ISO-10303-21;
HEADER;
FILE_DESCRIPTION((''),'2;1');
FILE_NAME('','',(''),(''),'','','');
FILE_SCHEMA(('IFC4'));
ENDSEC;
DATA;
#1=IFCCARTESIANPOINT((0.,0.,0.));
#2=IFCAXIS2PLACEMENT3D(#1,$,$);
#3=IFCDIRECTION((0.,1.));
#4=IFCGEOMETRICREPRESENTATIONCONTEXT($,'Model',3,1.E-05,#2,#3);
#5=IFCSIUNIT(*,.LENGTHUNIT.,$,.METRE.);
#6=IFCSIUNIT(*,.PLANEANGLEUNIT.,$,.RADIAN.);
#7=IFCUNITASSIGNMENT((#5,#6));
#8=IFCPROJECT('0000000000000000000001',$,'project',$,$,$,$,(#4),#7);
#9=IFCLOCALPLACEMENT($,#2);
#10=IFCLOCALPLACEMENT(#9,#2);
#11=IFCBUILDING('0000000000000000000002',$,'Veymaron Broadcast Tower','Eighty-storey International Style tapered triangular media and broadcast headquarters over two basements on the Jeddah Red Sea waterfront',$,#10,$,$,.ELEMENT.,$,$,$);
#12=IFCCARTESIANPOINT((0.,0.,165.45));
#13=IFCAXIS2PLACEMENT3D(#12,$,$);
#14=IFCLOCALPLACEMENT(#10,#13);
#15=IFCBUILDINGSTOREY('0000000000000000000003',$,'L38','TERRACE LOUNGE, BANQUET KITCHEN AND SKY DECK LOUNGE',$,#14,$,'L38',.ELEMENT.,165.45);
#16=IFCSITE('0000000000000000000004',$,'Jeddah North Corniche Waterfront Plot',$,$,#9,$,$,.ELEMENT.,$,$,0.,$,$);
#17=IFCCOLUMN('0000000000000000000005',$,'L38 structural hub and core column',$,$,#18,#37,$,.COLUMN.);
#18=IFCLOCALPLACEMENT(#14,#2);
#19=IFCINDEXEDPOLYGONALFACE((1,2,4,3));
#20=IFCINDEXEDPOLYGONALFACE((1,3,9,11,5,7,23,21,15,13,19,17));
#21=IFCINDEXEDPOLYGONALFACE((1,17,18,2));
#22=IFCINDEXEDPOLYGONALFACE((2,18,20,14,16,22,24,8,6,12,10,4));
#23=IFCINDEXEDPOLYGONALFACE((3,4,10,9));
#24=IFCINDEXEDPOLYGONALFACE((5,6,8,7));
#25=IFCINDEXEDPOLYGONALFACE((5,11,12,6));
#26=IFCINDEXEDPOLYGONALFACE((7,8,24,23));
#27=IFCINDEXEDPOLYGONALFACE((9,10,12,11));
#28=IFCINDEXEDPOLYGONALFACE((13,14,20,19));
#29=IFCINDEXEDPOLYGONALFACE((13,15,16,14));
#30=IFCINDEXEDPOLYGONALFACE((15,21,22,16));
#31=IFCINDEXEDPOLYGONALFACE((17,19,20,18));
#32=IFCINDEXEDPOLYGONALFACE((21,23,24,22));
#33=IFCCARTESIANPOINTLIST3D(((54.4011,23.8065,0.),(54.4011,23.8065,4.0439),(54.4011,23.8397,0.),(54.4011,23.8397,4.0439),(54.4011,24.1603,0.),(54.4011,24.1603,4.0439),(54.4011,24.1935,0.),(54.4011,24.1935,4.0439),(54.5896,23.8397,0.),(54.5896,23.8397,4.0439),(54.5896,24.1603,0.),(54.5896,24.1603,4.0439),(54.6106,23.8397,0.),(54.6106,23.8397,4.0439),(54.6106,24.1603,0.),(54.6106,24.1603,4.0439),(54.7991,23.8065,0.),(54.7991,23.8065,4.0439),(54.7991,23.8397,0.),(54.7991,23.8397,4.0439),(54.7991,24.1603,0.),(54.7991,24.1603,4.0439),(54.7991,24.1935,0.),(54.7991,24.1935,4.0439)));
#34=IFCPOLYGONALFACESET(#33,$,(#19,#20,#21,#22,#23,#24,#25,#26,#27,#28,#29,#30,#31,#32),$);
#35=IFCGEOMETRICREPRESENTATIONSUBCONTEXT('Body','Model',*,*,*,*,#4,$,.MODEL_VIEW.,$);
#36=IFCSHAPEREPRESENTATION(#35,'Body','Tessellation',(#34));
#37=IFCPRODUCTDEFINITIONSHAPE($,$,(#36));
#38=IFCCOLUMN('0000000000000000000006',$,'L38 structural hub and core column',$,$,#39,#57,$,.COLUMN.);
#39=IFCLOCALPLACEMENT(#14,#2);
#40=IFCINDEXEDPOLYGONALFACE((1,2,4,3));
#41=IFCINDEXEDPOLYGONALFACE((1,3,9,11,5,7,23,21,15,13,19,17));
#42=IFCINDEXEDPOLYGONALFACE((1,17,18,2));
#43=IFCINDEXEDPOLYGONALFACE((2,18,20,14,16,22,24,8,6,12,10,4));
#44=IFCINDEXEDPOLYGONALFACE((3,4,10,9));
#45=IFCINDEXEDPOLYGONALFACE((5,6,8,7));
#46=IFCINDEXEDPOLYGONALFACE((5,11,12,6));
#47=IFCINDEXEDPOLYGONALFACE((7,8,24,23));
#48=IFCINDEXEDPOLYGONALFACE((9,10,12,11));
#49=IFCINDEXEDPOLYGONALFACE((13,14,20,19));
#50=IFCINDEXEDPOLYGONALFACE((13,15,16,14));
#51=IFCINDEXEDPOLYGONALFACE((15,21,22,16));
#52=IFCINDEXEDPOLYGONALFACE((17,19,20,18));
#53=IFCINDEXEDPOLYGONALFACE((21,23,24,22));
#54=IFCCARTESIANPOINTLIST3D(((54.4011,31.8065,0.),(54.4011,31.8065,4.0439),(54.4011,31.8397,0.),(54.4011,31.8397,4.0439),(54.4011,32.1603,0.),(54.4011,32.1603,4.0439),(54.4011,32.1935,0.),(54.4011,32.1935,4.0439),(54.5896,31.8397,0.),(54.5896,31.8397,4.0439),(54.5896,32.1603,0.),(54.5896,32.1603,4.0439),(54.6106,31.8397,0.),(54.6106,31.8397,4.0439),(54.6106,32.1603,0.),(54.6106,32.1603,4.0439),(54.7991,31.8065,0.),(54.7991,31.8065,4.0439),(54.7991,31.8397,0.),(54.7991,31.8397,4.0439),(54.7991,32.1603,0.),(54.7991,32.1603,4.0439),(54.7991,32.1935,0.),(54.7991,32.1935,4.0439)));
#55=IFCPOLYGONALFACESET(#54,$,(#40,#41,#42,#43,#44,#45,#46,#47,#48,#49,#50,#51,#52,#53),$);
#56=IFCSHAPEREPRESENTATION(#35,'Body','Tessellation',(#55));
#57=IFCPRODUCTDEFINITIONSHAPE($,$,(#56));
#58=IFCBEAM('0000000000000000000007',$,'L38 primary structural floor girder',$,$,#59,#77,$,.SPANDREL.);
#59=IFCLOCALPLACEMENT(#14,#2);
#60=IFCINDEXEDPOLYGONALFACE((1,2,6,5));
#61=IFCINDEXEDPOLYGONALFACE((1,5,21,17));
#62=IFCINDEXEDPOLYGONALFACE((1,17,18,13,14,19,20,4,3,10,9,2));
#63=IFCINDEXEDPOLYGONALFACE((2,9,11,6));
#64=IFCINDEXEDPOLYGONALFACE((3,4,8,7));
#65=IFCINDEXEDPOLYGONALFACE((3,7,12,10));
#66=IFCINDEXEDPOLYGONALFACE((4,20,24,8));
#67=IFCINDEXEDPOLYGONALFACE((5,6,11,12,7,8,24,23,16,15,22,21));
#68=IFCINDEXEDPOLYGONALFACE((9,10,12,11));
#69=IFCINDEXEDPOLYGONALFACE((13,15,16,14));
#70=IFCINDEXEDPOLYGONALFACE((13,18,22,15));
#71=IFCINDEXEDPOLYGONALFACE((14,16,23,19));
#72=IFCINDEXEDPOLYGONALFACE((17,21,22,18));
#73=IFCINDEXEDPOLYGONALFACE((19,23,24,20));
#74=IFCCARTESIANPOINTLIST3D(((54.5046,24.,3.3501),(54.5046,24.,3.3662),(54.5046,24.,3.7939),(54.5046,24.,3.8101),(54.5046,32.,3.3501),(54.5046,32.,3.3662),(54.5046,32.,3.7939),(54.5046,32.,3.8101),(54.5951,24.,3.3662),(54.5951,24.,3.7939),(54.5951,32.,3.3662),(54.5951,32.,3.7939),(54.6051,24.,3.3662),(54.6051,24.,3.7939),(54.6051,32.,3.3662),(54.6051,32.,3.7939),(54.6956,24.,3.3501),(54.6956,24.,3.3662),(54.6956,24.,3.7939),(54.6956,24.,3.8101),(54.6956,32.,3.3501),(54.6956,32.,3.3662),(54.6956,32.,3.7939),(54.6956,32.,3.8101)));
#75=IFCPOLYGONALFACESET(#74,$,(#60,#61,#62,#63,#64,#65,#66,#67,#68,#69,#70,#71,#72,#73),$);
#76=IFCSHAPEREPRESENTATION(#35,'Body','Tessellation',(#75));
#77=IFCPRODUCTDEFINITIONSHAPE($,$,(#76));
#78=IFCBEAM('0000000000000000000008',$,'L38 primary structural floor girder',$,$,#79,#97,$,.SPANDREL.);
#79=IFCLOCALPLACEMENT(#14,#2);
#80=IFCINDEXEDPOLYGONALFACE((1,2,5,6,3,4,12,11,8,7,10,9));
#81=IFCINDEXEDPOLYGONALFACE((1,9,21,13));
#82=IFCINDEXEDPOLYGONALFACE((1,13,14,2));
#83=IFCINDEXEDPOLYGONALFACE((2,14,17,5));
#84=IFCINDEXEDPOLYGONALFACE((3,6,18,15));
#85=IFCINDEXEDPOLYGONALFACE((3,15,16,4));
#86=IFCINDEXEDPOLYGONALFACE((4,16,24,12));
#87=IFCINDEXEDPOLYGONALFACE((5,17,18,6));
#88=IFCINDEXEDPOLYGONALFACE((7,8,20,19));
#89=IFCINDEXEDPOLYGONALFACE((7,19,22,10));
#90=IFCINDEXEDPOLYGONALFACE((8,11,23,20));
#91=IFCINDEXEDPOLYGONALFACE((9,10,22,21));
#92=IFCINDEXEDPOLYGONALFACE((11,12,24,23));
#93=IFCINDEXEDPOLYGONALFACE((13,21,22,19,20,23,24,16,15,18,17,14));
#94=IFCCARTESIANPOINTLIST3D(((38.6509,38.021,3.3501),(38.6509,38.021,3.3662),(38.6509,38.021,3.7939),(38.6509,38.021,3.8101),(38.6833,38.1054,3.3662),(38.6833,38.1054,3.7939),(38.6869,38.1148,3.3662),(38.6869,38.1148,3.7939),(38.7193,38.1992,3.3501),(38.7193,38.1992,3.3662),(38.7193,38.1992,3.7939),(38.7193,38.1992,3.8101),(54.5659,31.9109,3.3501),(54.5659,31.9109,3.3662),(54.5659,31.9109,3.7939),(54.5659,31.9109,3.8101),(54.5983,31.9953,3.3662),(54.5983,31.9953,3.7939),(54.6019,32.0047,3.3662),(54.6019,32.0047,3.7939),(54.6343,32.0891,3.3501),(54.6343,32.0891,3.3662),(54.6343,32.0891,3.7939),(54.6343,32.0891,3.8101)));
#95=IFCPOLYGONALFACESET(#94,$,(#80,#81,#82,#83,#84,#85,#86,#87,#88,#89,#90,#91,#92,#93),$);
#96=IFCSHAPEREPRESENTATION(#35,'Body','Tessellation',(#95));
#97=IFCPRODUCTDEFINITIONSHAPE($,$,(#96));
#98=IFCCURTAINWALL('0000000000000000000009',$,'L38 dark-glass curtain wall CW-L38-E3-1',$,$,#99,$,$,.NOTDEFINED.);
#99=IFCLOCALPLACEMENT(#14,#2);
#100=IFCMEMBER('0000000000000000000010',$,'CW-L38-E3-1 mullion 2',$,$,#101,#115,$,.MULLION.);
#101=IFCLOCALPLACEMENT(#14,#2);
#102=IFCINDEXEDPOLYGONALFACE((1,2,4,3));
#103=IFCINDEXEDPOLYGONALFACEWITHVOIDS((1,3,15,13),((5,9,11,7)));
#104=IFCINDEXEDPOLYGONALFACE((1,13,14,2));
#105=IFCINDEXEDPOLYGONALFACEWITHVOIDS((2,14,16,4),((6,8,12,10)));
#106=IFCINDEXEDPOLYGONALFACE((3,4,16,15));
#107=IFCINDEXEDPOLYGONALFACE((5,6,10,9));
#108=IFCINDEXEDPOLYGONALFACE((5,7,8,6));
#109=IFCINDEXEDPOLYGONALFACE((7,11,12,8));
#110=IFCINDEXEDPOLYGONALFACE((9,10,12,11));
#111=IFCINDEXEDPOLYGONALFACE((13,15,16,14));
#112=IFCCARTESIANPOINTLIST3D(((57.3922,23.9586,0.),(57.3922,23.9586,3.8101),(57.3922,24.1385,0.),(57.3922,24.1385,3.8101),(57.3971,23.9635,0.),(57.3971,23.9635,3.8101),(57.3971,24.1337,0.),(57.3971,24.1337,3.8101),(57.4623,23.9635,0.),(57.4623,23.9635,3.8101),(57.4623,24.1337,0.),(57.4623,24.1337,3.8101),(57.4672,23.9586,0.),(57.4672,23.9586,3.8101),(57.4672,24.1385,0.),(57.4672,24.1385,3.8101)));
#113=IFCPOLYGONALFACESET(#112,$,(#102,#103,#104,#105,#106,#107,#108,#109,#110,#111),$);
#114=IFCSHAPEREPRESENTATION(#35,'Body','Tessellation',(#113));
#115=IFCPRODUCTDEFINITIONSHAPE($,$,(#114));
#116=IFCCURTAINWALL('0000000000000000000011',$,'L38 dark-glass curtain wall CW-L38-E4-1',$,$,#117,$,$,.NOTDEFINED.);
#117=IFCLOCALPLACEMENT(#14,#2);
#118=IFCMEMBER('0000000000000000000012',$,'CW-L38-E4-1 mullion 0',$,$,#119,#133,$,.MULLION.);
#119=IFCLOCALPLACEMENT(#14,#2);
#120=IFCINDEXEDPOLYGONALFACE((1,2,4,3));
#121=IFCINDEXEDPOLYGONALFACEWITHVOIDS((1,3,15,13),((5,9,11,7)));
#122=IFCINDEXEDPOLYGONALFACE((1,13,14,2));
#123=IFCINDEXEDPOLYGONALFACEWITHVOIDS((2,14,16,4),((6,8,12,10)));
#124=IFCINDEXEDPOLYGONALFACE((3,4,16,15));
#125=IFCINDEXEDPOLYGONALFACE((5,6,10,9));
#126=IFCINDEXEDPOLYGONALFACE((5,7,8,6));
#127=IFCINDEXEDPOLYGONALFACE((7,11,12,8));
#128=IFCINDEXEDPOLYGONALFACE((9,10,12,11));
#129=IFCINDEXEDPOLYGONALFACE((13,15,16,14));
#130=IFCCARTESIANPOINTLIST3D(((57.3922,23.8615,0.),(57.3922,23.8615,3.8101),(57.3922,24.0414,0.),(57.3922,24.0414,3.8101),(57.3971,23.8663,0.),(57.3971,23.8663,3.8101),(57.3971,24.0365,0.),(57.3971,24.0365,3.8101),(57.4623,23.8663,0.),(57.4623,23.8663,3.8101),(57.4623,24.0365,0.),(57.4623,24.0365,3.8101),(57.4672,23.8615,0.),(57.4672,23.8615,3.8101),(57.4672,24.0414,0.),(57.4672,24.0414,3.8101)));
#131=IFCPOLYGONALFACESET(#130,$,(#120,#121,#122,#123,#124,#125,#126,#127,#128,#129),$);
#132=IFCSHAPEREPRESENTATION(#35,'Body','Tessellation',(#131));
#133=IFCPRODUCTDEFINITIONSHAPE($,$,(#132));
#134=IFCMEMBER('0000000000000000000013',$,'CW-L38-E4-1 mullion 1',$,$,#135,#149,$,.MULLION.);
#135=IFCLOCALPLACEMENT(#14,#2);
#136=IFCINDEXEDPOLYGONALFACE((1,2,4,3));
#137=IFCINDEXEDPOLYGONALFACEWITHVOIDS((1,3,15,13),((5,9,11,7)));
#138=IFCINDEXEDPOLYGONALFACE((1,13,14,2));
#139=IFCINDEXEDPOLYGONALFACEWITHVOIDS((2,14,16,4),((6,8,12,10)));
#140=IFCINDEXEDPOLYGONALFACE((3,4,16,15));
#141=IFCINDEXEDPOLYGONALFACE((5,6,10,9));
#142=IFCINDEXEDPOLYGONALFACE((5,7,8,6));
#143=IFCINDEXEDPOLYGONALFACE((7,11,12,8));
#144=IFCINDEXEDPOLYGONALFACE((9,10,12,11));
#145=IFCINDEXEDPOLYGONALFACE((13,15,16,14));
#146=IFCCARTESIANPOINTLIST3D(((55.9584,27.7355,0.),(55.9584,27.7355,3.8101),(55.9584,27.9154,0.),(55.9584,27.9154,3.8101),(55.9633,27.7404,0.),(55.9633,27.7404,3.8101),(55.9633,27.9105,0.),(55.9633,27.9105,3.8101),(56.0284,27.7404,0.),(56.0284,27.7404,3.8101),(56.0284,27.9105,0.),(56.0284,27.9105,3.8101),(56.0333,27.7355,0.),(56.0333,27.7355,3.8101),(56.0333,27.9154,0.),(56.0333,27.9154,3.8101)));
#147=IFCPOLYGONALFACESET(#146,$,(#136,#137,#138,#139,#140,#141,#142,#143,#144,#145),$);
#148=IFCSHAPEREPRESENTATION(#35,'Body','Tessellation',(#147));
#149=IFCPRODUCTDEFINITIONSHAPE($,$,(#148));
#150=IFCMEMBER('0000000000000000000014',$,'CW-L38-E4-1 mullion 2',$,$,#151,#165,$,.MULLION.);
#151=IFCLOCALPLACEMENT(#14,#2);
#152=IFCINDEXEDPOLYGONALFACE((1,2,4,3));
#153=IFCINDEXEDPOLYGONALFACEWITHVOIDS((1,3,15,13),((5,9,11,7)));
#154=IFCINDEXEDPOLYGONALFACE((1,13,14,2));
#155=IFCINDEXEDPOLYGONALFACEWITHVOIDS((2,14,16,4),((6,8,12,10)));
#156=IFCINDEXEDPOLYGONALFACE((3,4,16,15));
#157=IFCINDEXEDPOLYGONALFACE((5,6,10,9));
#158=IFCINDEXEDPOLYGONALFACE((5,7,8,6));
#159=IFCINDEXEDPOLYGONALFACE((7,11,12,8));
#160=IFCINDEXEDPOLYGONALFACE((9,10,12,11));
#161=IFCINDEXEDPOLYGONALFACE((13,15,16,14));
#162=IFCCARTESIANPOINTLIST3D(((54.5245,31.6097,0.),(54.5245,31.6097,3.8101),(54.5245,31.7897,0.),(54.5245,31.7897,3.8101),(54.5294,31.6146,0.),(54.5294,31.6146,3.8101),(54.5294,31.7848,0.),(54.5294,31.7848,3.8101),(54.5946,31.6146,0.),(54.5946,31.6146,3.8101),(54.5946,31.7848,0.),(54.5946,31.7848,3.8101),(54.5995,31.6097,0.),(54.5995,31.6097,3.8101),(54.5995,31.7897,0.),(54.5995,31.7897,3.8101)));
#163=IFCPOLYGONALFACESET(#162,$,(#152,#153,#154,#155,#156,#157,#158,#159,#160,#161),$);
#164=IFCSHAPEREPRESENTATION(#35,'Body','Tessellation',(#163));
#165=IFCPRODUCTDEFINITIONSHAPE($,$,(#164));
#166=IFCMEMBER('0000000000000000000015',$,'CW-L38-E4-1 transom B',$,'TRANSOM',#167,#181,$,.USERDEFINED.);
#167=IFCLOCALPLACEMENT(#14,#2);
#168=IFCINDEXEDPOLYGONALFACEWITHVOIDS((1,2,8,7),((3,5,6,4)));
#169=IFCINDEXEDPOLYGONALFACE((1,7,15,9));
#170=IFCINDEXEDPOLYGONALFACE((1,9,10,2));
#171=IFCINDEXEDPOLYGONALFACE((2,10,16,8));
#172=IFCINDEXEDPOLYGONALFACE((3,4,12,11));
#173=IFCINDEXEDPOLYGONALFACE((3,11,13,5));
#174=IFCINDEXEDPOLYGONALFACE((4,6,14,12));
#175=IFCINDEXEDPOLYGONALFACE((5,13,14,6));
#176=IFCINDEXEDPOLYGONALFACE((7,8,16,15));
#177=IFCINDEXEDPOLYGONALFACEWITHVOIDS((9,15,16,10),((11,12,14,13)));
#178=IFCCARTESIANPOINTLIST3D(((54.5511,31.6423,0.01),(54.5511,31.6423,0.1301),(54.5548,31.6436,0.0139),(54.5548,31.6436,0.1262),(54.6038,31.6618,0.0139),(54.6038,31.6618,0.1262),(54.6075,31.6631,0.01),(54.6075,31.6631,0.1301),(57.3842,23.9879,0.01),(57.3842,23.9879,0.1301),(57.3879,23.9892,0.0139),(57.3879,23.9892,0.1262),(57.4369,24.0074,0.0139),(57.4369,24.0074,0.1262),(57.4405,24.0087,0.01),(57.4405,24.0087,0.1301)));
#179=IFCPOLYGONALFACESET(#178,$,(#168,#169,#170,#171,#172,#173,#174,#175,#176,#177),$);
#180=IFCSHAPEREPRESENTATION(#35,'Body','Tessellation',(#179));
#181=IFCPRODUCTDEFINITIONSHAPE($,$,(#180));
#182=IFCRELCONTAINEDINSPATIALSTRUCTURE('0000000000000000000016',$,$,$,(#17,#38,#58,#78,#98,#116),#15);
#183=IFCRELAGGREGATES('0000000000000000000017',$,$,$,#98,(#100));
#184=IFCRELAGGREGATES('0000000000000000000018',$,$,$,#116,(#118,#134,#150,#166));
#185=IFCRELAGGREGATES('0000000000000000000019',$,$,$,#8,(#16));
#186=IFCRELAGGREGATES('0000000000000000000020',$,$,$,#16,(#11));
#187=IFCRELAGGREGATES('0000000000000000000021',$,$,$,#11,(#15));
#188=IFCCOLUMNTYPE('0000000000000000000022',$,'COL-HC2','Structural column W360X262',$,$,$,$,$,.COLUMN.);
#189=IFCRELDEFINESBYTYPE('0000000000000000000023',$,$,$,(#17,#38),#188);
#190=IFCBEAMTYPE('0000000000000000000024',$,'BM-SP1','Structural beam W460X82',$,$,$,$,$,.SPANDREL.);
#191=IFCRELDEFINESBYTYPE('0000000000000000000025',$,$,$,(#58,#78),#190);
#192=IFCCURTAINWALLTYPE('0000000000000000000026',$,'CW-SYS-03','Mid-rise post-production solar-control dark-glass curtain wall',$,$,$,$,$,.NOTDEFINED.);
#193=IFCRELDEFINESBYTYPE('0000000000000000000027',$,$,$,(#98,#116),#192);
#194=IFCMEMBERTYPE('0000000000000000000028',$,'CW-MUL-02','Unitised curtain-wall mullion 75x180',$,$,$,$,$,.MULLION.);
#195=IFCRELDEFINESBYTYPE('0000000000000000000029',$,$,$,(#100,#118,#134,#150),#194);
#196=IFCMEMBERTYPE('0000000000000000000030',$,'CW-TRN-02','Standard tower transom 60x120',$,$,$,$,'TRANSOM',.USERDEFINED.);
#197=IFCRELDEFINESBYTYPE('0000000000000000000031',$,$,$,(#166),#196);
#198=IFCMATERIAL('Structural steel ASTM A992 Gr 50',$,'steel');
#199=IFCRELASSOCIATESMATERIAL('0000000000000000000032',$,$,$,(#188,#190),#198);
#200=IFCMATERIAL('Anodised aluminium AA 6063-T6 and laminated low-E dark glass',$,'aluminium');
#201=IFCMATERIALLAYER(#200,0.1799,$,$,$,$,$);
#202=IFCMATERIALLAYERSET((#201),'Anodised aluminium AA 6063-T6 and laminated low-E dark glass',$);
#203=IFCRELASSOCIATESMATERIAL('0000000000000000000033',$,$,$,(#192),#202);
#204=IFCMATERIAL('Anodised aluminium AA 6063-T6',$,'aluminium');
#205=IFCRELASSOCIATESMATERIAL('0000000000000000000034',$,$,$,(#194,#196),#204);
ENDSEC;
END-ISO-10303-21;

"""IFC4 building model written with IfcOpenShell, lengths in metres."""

from ifc_helpers import new_model, si_unit, direction, frame, origin, origin_2d, place, context, subcontext, project, spatial, hollow_rectangle, i_section, extrude, material, layer, layer_set, material_profile, profile_set, type_object, element, aggregate, save


model = new_model("IFC4")

# Units and contexts
model_context = context("Model", 3, precision=1e-05, world=origin(), true_north=direction((0.0, 1.0)))
body_context = subcontext(model_context, "Body", "Model", "MODEL_VIEW")
ifc_project = project(units=[si_unit("LENGTHUNIT", "METRE"), si_unit("PLANEANGLEUNIT", "RADIAN")], contexts=[model_context])

# Site, building, storey
site_placement = place(None, origin())
site = spatial("IfcSite", under=ifc_project, at=site_placement, Name="Jeddah North Corniche Waterfront Plot", CompositionType="ELEMENT", RefElevation=0.0)
building_placement = place(site_placement, origin())
building = spatial("IfcBuilding", under=site, at=building_placement, Name="Veymaron Broadcast Tower", Description="Eighty-storey International Style tapered triangular media and broadcast headquarters over two basements on the Jeddah Red Sea waterfront", CompositionType="ELEMENT")
storey_placement = place(building_placement, frame((0.0, 0.0, 165.45)))
storey = spatial("IfcBuildingStorey", under=building, at=storey_placement, Name="L38", Description="TERRACE LOUNGE, BANQUET KITCHEN AND SKY DECK LOUNGE", LongName="L38", CompositionType="ELEMENT", Elevation=165.45)

# Columns
ifc_material_1 = material(Name="Structural steel ASTM A992 Gr 50", Category="steel")
ifc_material_profile_1 = material_profile(ifc_material_1, i_section(OverallWidth=0.3979, OverallDepth=0.387, WebThickness=0.021, FlangeThickness=0.0332, at=origin_2d()), Name="W360X262")
ifc_profile_set_1 = profile_set([ifc_material_profile_1], Name="Structural steel ASTM A992 Gr 50")
column_type = type_object("IfcColumnType", Name="COL-HC2", Description="Structural column W360X262", PredefinedType="COLUMN", material=ifc_profile_set_1)
for number, where, z_axis, x_axis, name in (
    (1, (54.6001, 24.0, 0.0), (0.0, 0.0, 1.0), (1.0, 0.0, 0.0), "L38 structural hub and core column"),
    (2, (54.6001, 32.0, 0.0), (0.0, 0.0, 1.0), (1.0, 0.0, 0.0), "L38 structural hub and core column"),
):
    element("IfcColumn", number, at=place(storey_placement, frame(where, z_axis=z_axis, x_axis=x_axis)), inside=storey, type_object=column_type, Name=name, PredefinedType="COLUMN", context=body_context, shape_type="SweptSolid", body=[
        extrude(i_section(OverallWidth=0.3979, OverallDepth=0.387, WebThickness=0.021, FlangeThickness=0.0332, at=origin_2d()), origin(), (0.0, 0.0, 1.0), 4.0439),
    ])

# Beams
ifc_material_profile_2 = material_profile(ifc_material_1, i_section(OverallWidth=0.1909, OverallDepth=0.46, WebThickness=0.01, FlangeThickness=0.0161, at=origin_2d()), Name="W460X82")
ifc_profile_set_2 = profile_set([ifc_material_profile_2], Name="Structural steel ASTM A992 Gr 50")
beam_type = type_object("IfcBeamType", Name="BM-SP1", Description="Structural beam W460X82", PredefinedType="SPANDREL", material=ifc_profile_set_2)
beam_1_placement = place(storey_placement, frame((54.6001, 24.0, 3.5801), z_axis=(0.0, 1.0, 0.0), x_axis=(-1.0, 0.0, 0.0)))
element("IfcBeam", 3, at=beam_1_placement, inside=storey, type_object=beam_type, Name="L38 primary structural floor girder", PredefinedType="SPANDREL", context=body_context, shape_type="SweptSolid", body=[
    extrude(i_section(OverallWidth=0.1909, OverallDepth=0.46, WebThickness=0.01, FlangeThickness=0.0161, at=origin_2d()), origin(), (0.0, 0.0, 1.0), 8.0),
])
beam_2_placement = place(storey_placement, frame((54.6001, 32.0, 3.5801), z_axis=(-0.933563, 0.358414, 0.0), x_axis=(-0.358414, -0.933563, 0.0)))
element("IfcBeam", 4, at=beam_2_placement, inside=storey, type_object=beam_type, Name="L38 primary structural floor girder", PredefinedType="SPANDREL", context=body_context, shape_type="SweptSolid", body=[
    extrude(i_section(OverallWidth=0.1909, OverallDepth=0.46, WebThickness=0.01, FlangeThickness=0.0161, at=origin_2d()), origin(), (0.0, 0.0, 1.0), 17.0476),
])

# Curtain wall, member
ifc_material_2 = material(Name="Anodised aluminium AA 6063-T6 and laminated low-E dark glass", Category="aluminium")
ifc_layer_1 = layer(ifc_material_2, 0.1799)
ifc_layer_set_1 = layer_set([ifc_layer_1], Name="Anodised aluminium AA 6063-T6 and laminated low-E dark glass")
curtain_wall_type = type_object("IfcCurtainWallType", Name="CW-SYS-03", Description="Mid-rise post-production solar-control dark-glass curtain wall", PredefinedType="NOTDEFINED", material=ifc_layer_set_1)
curtain_wall_1_placement = place(storey_placement, origin())
curtain_wall_1 = element("IfcCurtainWall", 5, at=curtain_wall_1_placement, inside=storey, type_object=curtain_wall_type, Name="L38 dark-glass curtain wall CW-L38-E3-1", PredefinedType="NOTDEFINED")
ifc_material_3 = material(Name="Anodised aluminium AA 6063-T6", Category="aluminium")
ifc_material_profile_3 = material_profile(ifc_material_3, hollow_rectangle(XDim=0.075, YDim=0.1799, WallThickness=0.0049, at=origin_2d()), Name="AL180X75X5")
ifc_profile_set_3 = profile_set([ifc_material_profile_3], Name="Anodised aluminium AA 6063-T6")
member_type_1 = type_object("IfcMemberType", Name="CW-MUL-02", Description="Unitised curtain-wall mullion 75x180", PredefinedType="MULLION", material=ifc_profile_set_3)
member_1_placement = place(storey_placement, frame((57.4297, 24.0486, 0.0), z_axis=(0.0, 0.0, 1.0), x_axis=(1.0, 0.0, 0.0)))
member_1 = element("IfcMember", 6, at=member_1_placement, type_object=member_type_1, Name="CW-L38-E3-1 mullion 2", PredefinedType="MULLION", context=body_context, shape_type="SweptSolid", body=[
    extrude(hollow_rectangle(XDim=0.075, YDim=0.1799, WallThickness=0.0049, at=origin_2d()), origin(), (0.0, 0.0, 1.0), 3.8101),
])
aggregate(curtain_wall_1, [member_1])

# Curtain wall, members
curtain_wall_2_placement = place(storey_placement, origin())
curtain_wall_2 = element("IfcCurtainWall", 7, at=curtain_wall_2_placement, inside=storey, type_object=curtain_wall_type, Name="L38 dark-glass curtain wall CW-L38-E4-1", PredefinedType="NOTDEFINED")
member_2_placement = place(storey_placement, frame((57.4297, 23.9514, 0.0), z_axis=(0.0, 0.0, 1.0), x_axis=(1.0, 0.0, 0.0)))
member_2 = element("IfcMember", 8, at=member_2_placement, type_object=member_type_1, Name="CW-L38-E4-1 mullion 0", PredefinedType="MULLION", context=body_context, shape_type="SweptSolid", body=[
    extrude(hollow_rectangle(XDim=0.075, YDim=0.1799, WallThickness=0.0049, at=origin_2d()), origin(), (0.0, 0.0, 1.0), 3.8101),
])
member_3_placement = place(storey_placement, frame((55.9958, 27.8254, 0.0), z_axis=(0.0, 0.0, 1.0), x_axis=(1.0, 0.0, 0.0)))
member_3 = element("IfcMember", 9, at=member_3_placement, type_object=member_type_1, Name="CW-L38-E4-1 mullion 1", PredefinedType="MULLION", context=body_context, shape_type="SweptSolid", body=[
    extrude(hollow_rectangle(XDim=0.075, YDim=0.1799, WallThickness=0.0049, at=origin_2d()), origin(), (0.0, 0.0, 1.0), 3.8101),
])
member_4_placement = place(storey_placement, frame((54.562, 31.6997, 0.0), z_axis=(0.0, 0.0, 1.0), x_axis=(1.0, 0.0, 0.0)))
member_4 = element("IfcMember", 10, at=member_4_placement, type_object=member_type_1, Name="CW-L38-E4-1 mullion 2", PredefinedType="MULLION", context=body_context, shape_type="SweptSolid", body=[
    extrude(hollow_rectangle(XDim=0.075, YDim=0.1799, WallThickness=0.0049, at=origin_2d()), origin(), (0.0, 0.0, 1.0), 3.8101),
])
ifc_material_profile_4 = material_profile(ifc_material_3, hollow_rectangle(XDim=0.0601, YDim=0.1201, WallThickness=0.0039, at=origin_2d()), Name="AL120X60X4")
ifc_profile_set_4 = profile_set([ifc_material_profile_4], Name="Anodised aluminium AA 6063-T6")
member_type_2 = type_object("IfcMemberType", Name="CW-TRN-02", Description="Standard tower transom 60x120", ElementType="TRANSOM", PredefinedType="USERDEFINED", material=ifc_profile_set_4)
member_5_placement = place(storey_placement, frame((57.4124, 23.9983, 0.0701), z_axis=(-0.347108, 0.937825, 0.0), x_axis=(-0.937825, -0.347108, 0.0)))
member_5 = element("IfcMember", 11, at=member_5_placement, type_object=member_type_2, Name="CW-L38-E4-1 transom B", ObjectType="TRANSOM", PredefinedType="USERDEFINED", context=body_context, shape_type="SweptSolid", body=[
    extrude(hollow_rectangle(XDim=0.0601, YDim=0.1201, WallThickness=0.0039, at=origin_2d()), origin(), (0.0, 0.0, 1.0), 8.1619),
])
aggregate(curtain_wall_2, [member_2, member_3, member_4, member_5])

save(model, "model.ifc")
